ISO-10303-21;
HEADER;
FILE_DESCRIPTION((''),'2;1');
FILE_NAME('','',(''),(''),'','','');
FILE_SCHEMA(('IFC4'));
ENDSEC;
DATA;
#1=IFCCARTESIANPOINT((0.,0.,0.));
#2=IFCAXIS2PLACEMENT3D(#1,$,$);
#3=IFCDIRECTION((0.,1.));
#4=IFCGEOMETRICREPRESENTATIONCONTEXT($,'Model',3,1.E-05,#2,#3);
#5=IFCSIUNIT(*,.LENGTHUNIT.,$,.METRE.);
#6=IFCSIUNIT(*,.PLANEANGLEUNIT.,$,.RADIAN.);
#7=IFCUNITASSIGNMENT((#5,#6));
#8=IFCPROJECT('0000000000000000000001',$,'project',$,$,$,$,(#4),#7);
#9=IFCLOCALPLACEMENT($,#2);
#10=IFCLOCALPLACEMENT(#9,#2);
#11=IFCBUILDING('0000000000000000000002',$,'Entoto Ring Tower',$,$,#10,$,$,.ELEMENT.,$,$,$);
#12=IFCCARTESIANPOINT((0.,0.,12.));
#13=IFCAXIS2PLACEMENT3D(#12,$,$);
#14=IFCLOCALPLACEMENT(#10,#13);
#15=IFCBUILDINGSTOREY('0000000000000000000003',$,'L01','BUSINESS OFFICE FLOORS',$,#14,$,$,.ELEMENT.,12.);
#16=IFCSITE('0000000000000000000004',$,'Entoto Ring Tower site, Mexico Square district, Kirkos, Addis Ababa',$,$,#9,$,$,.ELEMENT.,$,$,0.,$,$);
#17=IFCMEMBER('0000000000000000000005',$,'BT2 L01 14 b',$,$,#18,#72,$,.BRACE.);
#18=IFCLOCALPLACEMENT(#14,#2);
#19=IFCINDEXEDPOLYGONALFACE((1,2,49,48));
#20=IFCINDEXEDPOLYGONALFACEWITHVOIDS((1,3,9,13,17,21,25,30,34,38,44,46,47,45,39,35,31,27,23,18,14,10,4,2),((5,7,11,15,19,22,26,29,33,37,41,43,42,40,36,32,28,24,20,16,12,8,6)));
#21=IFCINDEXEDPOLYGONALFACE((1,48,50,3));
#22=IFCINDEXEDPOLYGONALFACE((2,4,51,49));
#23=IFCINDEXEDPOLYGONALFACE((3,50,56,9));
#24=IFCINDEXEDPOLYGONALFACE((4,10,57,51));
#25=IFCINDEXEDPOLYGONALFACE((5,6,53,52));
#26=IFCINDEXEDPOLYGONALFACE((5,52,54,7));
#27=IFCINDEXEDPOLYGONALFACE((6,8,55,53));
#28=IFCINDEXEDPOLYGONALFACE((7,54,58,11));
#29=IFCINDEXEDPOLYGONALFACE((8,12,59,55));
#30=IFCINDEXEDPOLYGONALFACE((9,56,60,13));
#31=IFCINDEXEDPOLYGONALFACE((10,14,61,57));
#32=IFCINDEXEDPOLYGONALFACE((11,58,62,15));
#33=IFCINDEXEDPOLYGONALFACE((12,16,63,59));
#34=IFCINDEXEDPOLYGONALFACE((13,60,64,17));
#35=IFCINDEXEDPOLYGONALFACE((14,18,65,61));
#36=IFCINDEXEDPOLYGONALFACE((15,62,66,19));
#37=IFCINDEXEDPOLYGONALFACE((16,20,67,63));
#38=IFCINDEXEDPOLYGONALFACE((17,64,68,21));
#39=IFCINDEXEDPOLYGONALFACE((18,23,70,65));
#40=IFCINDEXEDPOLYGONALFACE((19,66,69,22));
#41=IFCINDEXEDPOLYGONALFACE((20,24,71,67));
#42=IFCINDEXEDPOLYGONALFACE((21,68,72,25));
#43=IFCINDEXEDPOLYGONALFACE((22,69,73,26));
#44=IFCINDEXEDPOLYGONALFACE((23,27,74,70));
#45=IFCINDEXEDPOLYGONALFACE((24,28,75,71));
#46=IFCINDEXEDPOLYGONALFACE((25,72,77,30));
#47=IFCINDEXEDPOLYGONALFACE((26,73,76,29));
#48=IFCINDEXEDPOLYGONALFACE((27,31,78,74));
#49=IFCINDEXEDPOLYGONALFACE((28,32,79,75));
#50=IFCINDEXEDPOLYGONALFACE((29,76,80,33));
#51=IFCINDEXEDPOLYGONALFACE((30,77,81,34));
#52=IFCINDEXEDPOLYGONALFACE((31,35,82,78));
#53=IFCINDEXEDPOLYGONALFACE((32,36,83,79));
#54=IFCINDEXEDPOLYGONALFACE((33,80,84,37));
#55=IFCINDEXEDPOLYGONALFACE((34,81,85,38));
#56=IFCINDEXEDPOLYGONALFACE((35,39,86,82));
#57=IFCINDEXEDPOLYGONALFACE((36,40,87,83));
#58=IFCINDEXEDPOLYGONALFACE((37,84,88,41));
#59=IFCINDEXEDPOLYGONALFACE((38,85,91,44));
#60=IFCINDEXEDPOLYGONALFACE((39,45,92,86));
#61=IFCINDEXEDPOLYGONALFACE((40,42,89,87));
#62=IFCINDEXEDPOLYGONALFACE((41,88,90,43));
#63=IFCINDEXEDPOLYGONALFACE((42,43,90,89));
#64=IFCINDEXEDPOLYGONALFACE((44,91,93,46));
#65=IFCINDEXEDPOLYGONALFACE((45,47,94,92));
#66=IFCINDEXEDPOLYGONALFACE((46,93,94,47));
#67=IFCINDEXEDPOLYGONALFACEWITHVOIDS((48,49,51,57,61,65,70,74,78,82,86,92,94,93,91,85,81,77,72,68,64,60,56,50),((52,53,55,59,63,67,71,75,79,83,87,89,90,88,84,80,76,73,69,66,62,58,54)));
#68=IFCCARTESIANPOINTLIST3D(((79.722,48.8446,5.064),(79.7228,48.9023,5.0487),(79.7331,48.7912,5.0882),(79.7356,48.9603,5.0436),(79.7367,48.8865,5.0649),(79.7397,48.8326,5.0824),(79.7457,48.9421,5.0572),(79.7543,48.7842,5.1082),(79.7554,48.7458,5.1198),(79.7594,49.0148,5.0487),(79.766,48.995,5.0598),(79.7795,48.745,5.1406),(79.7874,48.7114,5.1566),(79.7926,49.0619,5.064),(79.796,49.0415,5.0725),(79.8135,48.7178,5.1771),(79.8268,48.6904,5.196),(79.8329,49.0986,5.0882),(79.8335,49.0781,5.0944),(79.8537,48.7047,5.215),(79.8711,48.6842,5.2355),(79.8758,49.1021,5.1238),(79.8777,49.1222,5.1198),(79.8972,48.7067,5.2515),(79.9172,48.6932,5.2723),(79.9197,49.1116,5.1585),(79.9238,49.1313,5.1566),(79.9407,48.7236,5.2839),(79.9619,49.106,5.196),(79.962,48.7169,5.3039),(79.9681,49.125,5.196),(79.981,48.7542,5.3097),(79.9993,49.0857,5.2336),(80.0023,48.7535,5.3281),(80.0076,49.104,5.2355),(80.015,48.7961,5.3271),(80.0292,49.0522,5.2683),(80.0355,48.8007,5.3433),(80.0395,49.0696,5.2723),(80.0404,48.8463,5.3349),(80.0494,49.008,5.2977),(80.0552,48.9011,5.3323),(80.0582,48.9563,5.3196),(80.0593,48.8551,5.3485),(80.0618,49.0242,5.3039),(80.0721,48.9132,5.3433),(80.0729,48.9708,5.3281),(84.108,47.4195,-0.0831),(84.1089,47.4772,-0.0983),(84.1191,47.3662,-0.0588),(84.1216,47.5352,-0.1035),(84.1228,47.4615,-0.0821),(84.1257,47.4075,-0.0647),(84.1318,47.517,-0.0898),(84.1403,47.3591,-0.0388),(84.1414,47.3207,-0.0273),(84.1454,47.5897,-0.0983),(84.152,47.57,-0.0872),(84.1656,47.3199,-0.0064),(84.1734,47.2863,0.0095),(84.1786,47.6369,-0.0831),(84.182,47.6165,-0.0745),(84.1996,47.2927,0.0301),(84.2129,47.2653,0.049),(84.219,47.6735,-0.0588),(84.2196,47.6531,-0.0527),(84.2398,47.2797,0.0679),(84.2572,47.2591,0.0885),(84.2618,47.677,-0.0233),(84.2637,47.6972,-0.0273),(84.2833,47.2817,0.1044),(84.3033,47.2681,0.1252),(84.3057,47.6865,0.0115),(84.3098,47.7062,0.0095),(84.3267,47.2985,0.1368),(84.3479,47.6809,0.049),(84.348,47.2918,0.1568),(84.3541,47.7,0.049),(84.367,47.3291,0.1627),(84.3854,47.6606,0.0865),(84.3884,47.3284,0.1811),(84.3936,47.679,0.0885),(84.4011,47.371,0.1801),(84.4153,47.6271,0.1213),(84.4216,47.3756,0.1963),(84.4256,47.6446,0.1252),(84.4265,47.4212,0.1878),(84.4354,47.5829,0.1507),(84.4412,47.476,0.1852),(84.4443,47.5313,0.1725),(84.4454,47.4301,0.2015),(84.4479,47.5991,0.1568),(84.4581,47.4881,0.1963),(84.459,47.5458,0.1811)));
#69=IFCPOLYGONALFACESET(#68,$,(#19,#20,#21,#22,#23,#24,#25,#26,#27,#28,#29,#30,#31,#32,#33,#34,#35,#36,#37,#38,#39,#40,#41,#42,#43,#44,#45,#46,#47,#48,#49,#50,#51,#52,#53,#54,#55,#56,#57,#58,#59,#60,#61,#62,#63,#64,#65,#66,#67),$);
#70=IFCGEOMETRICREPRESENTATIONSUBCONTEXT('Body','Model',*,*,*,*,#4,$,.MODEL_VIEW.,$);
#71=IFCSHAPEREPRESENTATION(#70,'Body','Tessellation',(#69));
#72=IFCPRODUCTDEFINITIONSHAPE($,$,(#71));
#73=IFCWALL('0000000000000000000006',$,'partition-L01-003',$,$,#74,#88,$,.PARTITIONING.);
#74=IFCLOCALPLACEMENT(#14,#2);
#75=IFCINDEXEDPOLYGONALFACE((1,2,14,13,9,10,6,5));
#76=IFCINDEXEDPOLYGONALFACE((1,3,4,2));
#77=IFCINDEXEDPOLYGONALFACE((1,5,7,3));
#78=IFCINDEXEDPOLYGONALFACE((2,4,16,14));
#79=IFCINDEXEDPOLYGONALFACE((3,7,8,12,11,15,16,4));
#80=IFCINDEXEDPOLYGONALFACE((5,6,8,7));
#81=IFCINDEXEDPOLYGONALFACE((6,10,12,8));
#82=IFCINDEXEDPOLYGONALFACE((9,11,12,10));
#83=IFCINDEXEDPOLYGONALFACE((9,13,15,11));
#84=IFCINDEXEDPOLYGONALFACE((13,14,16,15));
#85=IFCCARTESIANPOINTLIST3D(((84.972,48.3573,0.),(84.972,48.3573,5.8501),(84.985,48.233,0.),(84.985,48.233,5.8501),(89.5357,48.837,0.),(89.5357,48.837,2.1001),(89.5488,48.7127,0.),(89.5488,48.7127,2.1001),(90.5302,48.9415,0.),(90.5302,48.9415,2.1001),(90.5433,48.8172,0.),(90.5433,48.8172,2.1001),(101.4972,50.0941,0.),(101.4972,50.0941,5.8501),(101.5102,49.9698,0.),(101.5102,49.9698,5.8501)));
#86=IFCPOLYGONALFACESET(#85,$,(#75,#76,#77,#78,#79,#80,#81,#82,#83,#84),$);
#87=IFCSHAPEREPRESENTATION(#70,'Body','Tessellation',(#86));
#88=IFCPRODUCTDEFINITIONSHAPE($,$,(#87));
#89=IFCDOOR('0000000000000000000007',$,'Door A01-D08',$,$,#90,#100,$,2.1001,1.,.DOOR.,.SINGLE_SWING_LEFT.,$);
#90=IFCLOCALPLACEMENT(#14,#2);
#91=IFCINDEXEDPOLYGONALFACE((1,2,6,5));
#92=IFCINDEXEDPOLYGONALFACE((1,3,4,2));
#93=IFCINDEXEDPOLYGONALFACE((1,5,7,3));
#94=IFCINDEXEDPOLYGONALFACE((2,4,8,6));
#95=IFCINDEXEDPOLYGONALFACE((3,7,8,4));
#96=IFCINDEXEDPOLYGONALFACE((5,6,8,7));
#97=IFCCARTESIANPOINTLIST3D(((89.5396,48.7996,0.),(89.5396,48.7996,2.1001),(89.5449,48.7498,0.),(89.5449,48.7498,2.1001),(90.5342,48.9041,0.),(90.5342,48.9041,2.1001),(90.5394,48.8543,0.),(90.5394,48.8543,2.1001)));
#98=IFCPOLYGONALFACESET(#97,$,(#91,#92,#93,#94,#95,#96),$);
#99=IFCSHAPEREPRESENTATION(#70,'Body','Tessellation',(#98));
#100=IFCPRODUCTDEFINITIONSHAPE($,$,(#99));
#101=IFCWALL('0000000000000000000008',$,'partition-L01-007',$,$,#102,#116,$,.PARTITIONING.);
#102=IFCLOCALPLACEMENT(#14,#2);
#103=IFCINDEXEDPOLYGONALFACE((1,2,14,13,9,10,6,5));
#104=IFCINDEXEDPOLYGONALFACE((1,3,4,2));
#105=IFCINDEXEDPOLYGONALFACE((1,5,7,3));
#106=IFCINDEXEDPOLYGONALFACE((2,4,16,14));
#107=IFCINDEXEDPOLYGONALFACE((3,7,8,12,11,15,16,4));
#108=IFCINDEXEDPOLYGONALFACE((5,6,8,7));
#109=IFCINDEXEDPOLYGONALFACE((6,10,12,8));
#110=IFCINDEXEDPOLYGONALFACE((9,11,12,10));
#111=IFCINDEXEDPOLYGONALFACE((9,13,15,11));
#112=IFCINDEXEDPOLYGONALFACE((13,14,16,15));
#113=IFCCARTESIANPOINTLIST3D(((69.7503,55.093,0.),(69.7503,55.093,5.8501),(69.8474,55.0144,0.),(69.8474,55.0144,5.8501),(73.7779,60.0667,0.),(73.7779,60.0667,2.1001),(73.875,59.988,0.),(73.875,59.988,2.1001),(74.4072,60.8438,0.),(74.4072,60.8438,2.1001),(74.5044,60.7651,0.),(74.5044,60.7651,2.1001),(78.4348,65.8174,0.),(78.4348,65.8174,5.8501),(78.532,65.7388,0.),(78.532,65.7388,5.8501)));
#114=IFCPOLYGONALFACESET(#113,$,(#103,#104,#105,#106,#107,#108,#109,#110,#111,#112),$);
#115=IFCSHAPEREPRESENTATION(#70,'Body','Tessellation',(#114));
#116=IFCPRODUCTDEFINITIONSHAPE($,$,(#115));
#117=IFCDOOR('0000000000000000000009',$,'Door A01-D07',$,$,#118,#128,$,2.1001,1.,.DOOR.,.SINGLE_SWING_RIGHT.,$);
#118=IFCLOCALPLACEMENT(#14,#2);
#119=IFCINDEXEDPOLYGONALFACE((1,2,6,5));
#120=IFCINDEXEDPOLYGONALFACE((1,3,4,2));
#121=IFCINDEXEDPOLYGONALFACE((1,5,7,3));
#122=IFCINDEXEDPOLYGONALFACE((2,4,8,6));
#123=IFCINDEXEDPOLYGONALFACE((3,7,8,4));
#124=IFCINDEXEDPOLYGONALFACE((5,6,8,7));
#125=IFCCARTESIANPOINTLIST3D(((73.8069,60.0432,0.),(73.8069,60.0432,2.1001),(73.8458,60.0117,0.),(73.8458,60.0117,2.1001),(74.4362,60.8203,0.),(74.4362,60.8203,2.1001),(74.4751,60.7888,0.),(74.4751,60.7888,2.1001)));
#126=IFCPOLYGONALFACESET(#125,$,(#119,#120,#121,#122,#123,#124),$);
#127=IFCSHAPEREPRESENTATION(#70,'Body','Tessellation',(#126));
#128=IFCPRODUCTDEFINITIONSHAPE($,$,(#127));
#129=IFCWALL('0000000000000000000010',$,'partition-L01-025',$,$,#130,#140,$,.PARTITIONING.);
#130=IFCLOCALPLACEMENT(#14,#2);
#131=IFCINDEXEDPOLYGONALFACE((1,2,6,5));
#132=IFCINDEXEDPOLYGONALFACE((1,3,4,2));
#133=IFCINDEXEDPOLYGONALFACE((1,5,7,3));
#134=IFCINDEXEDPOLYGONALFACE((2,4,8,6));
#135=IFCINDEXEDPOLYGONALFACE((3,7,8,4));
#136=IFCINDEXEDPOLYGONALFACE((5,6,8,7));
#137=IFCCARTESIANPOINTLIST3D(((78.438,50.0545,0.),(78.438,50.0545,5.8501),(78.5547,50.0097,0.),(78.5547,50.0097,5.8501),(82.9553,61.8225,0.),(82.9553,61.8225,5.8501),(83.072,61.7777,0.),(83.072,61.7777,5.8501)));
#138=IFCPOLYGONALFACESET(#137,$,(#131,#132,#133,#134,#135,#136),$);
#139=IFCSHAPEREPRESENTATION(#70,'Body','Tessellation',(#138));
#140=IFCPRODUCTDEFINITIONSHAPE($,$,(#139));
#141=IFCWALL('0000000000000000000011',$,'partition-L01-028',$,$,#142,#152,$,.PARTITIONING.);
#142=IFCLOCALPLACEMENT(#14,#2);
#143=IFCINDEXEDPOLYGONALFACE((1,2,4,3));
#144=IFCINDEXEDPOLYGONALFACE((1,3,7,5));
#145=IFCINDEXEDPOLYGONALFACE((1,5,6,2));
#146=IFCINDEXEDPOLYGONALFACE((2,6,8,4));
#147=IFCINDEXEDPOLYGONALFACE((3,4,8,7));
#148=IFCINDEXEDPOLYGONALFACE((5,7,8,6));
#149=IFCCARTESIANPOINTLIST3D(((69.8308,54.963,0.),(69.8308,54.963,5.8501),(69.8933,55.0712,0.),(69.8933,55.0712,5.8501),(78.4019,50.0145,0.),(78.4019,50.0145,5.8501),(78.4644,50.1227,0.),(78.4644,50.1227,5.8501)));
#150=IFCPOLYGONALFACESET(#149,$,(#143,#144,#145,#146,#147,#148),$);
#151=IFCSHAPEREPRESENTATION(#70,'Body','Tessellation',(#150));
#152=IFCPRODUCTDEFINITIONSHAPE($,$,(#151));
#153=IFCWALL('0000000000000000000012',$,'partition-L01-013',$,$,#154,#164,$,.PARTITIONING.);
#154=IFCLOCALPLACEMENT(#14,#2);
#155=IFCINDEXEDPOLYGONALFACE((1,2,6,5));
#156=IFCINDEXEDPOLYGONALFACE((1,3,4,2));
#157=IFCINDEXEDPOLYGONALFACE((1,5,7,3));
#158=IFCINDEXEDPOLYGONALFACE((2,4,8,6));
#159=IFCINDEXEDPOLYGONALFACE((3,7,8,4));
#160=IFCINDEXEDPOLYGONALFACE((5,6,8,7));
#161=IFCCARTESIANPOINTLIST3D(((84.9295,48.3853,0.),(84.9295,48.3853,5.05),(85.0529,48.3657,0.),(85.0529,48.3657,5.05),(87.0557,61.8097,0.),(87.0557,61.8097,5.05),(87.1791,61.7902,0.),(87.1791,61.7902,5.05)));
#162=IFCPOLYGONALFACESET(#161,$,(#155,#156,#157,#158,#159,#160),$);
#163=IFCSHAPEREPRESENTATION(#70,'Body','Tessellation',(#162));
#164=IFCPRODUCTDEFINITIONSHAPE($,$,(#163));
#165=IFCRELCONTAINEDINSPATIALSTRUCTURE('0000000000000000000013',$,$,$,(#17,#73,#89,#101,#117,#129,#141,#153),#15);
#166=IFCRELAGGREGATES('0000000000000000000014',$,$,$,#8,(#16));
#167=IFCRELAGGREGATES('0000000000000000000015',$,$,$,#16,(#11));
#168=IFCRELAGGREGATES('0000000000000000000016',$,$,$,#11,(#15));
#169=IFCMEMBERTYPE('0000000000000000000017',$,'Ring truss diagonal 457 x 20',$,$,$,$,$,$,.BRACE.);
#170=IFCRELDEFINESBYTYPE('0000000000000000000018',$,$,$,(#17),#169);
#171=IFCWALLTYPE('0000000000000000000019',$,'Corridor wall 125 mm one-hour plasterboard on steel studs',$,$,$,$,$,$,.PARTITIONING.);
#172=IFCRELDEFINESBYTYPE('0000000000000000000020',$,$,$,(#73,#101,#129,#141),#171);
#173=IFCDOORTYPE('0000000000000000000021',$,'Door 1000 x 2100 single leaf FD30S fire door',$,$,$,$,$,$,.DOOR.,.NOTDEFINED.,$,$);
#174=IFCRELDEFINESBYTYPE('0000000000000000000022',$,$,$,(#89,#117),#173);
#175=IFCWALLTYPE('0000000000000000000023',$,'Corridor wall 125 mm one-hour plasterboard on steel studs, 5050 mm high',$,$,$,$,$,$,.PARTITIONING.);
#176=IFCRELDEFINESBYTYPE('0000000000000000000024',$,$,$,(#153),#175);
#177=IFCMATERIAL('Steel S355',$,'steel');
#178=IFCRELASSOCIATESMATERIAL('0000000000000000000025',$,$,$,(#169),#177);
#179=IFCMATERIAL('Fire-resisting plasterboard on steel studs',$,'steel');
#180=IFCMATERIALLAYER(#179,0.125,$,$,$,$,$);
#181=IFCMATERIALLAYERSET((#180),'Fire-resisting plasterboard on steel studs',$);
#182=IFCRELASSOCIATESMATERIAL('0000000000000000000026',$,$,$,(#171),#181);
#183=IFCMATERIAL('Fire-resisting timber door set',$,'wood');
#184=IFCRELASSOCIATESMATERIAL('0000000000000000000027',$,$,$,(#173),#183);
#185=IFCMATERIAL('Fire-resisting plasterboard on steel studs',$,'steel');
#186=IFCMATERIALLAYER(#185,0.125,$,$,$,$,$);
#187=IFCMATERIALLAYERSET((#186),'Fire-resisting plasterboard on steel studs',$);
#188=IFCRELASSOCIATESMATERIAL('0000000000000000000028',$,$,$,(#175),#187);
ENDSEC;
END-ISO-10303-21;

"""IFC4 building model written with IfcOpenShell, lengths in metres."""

from ifc_helpers import new_model, si_unit, direction, frame, frame_2d, origin, origin_2d, place, context, subcontext, project, spatial, rectangle, circle, hollow_circle, extrude, material, layer, layer_set, material_profile, profile_set, type_object, element, fill, save


model = new_model("IFC4")

# Units and contexts
model_context = context("Model", 3, precision=1e-05, world=origin(), true_north=direction((0.0, 1.0)))
body_context = subcontext(model_context, "Body", "Model", "MODEL_VIEW")
ifc_project = project(units=[si_unit("LENGTHUNIT", "METRE"), si_unit("PLANEANGLEUNIT", "RADIAN")], contexts=[model_context])

# Site, building, storey
site_placement = place(None, origin())
site = spatial("IfcSite", under=ifc_project, at=site_placement, Name="Entoto Ring Tower site, Mexico Square district, Kirkos, Addis Ababa", CompositionType="ELEMENT", RefElevation=0.0)
building_placement = place(site_placement, origin())
building = spatial("IfcBuilding", under=site, at=building_placement, Name="Entoto Ring Tower", CompositionType="ELEMENT")
storey_placement = place(building_placement, frame((0.0, 0.0, 12.0)))
storey = spatial("IfcBuildingStorey", under=building, at=storey_placement, Name="L01", Description="BUSINESS OFFICE FLOORS", CompositionType="ELEMENT", Elevation=12.0)

# Member
ifc_material_1 = material(Name="Steel S355", Category="steel")
ifc_material_profile_1 = material_profile(ifc_material_1, hollow_circle(Radius=0.2285, WallThickness=0.02, at=origin_2d()), Name="CHS 457 x 20")
ifc_material_2 = material(Name="Concrete C60/75", Category="concrete")
ifc_material_profile_2 = material_profile(ifc_material_2, circle(Radius=0.2085, at=origin_2d()), Name="Concrete C60/75 infill")
ifc_profile_set_1 = profile_set([ifc_material_profile_1, ifc_material_profile_2], Name="Steel S355")
member_type_1 = type_object("IfcMemberType", Name="Ring truss diagonal 457 x 20", PredefinedType="BRACE", material=ifc_profile_set_1)
member_1_placement = place(storey_placement, frame((79.8975, 48.9077, 5.196), z_axis=(0.634658, -0.206206, -0.744774), x_axis=(0.309008, 0.951059, 0.0)))
element("IfcMember", 1, at=member_1_placement, inside=storey, type_object=member_type_1, Name="BT2 L01 14 b", PredefinedType="BRACE", context=body_context, shape_type="SweptSolid", body=[
    extrude(hollow_circle(Radius=0.2285, WallThickness=0.02, at=origin_2d()), origin(), (0.0, 0.0, 1.0), 6.9109),
])

# Walls, openings, doors
ifc_material_3 = material(Name="Fire-resisting plasterboard on steel studs", Category="steel")
ifc_layer_1 = layer(ifc_material_3, 0.125)
ifc_layer_set_1 = layer_set([ifc_layer_1], Name="Fire-resisting plasterboard on steel studs")
wall_type_1 = type_object("IfcWallType", Name="Corridor wall 125 mm one-hour plasterboard on steel studs", PredefinedType="PARTITIONING", material=ifc_layer_set_1)
wall_1_placement = place(storey_placement, frame((84.9785, 48.2952, 0.0), z_axis=(0.0, 0.0, 1.0), x_axis=(0.994522, 0.104526, 0.0)))
wall_1 = element("IfcWall", 2, at=wall_1_placement, inside=storey, type_object=wall_type_1, Name="partition-L01-003", PredefinedType="PARTITIONING", context=body_context, shape_type="SweptSolid", body=[
    extrude(rectangle(XDim=16.6162, YDim=0.125, at=frame_2d((8.3081, 0.0))), origin(), (0.0, 0.0, 1.0), 5.8501),
])
opening_1_placement = place(wall_1_placement, frame((4.5889, 0.0, 0.0)))
opening_1 = element("IfcOpeningElement", 3, at=opening_1_placement, cuts=wall_1, PredefinedType="OPENING", context=body_context, shape_type="SweptSolid", body=[
    extrude(rectangle(XDim=1.0, YDim=2.1001, at=frame_2d((0.5, 1.05))), frame((0.0, 0.0725, 0.0), z_axis=(0.0, -1.0, 0.0), x_axis=(1.0, 0.0, 0.0)), (0.0, 0.0, 1.0), 0.145),
])
ifc_material_4 = material(Name="Fire-resisting timber door set", Category="wood")
door_type = type_object("IfcDoorType", Name="Door 1000 x 2100 single leaf FD30S fire door", OperationType="NOTDEFINED", PredefinedType="DOOR", material=ifc_material_4)
door_1_placement = place(opening_1_placement, origin())
door_1 = element("IfcDoor", 4, at=door_1_placement, inside=storey, type_object=door_type, Name="Door A01-D08", OperationType="SINGLE_SWING_LEFT", OverallHeight=2.1001, OverallWidth=1.0, PredefinedType="DOOR", context=body_context, shape_type="SweptSolid", body=[
    extrude(rectangle(XDim=1.0, YDim=2.1001, at=frame_2d((0.5, 1.05))), frame((0.0, 0.0249, 0.0), z_axis=(0.0, -1.0, 0.0), x_axis=(1.0, 0.0, 0.0)), (0.0, 0.0, 1.0), 0.05),
])
fill(opening_1, door_1)
wall_2_placement = place(storey_placement, frame((69.7988, 55.0537, 0.0), z_axis=(0.0, 0.0, 1.0), x_axis=(0.629327, 0.777141, 0.0)))
wall_2 = element("IfcWall", 5, at=wall_2_placement, inside=storey, type_object=wall_type_1, Name="partition-L01-007", PredefinedType="PARTITIONING", context=body_context, shape_type="SweptSolid", body=[
    extrude(rectangle(XDim=13.7998, YDim=0.125, at=frame_2d((6.8999, 0.0))), origin(), (0.0, 0.0, 1.0), 5.8501),
])
opening_2_placement = place(wall_2_placement, frame((6.3999, 0.0, 0.0)))
opening_2 = element("IfcOpeningElement", 6, at=opening_2_placement, cuts=wall_2, PredefinedType="OPENING", context=body_context, shape_type="SweptSolid", body=[
    extrude(rectangle(XDim=1.0, YDim=2.1001, at=frame_2d((0.5, 1.05))), frame((0.0, 0.0725, 0.0), z_axis=(0.0, -1.0, 0.0), x_axis=(1.0, 0.0, 0.0)), (0.0, 0.0, 1.0), 0.145),
])
door_2_placement = place(opening_2_placement, frame((1.0, 0.0, 0.0), z_axis=(0.0, 0.0, 1.0), x_axis=(-1.0, 0.0, 0.0)))
door_2 = element("IfcDoor", 7, at=door_2_placement, inside=storey, type_object=door_type, Name="Door A01-D07", OperationType="SINGLE_SWING_RIGHT", OverallHeight=2.1001, OverallWidth=1.0, PredefinedType="DOOR", context=body_context, shape_type="SweptSolid", body=[
    extrude(rectangle(XDim=1.0, YDim=2.1001, at=frame_2d((0.5, 1.05))), frame((0.0, 0.0249, 0.0), z_axis=(0.0, -1.0, 0.0), x_axis=(1.0, 0.0, 0.0)), (0.0, 0.0, 1.0), 0.05),
])
fill(opening_2, door_2)

# Walls
wall_3_placement = place(storey_placement, frame((78.4963, 50.032, 0.0), z_axis=(0.0, 0.0, 1.0), x_axis=(0.358368, 0.933581, 0.0)))
element("IfcWall", 8, at=wall_3_placement, inside=storey, type_object=wall_type_1, Name="partition-L01-025", PredefinedType="PARTITIONING", context=body_context, shape_type="SweptSolid", body=[
    extrude(rectangle(XDim=12.6052, YDim=0.125, at=frame_2d((6.3027, 0.0))), origin(), (0.0, 0.0, 1.0), 5.8501),
])
wall_4_placement = place(storey_placement, frame((78.4331, 50.0686, 0.0), z_axis=(0.0, 0.0, 1.0), x_axis=(-0.866026, 0.499999, 0.0)))
element("IfcWall", 9, at=wall_4_placement, inside=storey, type_object=wall_type_1, Name="partition-L01-028", PredefinedType="PARTITIONING", context=body_context, shape_type="SweptSolid", body=[
    extrude(rectangle(XDim=9.897, YDim=0.125, at=frame_2d((4.9485, 0.0))), origin(), (0.0, 0.0, 1.0), 5.8501),
])
ifc_material_5 = material(Name="Fire-resisting plasterboard on steel studs", Category="steel")
ifc_layer_2 = layer(ifc_material_5, 0.125)
ifc_layer_set_2 = layer_set([ifc_layer_2], Name="Fire-resisting plasterboard on steel studs")
wall_type_2 = type_object("IfcWallType", Name="Corridor wall 125 mm one-hour plasterboard on steel studs, 5050 mm high", PredefinedType="PARTITIONING", material=ifc_layer_set_2)
wall_5_placement = place(storey_placement, frame((84.9912, 48.3755, 0.0), z_axis=(0.0, 0.0, 1.0), x_axis=(0.156433, 0.987689, 0.0)))
element("IfcWall", 10, at=wall_5_placement, inside=storey, type_object=wall_type_2, Name="partition-L01-013", PredefinedType="PARTITIONING", context=body_context, shape_type="SweptSolid", body=[
    extrude(rectangle(XDim=13.5918, YDim=0.125, at=frame_2d((6.7959, 0.0))), origin(), (0.0, 0.0, 1.0), 5.05),
])

save(model, "model.ifc")
